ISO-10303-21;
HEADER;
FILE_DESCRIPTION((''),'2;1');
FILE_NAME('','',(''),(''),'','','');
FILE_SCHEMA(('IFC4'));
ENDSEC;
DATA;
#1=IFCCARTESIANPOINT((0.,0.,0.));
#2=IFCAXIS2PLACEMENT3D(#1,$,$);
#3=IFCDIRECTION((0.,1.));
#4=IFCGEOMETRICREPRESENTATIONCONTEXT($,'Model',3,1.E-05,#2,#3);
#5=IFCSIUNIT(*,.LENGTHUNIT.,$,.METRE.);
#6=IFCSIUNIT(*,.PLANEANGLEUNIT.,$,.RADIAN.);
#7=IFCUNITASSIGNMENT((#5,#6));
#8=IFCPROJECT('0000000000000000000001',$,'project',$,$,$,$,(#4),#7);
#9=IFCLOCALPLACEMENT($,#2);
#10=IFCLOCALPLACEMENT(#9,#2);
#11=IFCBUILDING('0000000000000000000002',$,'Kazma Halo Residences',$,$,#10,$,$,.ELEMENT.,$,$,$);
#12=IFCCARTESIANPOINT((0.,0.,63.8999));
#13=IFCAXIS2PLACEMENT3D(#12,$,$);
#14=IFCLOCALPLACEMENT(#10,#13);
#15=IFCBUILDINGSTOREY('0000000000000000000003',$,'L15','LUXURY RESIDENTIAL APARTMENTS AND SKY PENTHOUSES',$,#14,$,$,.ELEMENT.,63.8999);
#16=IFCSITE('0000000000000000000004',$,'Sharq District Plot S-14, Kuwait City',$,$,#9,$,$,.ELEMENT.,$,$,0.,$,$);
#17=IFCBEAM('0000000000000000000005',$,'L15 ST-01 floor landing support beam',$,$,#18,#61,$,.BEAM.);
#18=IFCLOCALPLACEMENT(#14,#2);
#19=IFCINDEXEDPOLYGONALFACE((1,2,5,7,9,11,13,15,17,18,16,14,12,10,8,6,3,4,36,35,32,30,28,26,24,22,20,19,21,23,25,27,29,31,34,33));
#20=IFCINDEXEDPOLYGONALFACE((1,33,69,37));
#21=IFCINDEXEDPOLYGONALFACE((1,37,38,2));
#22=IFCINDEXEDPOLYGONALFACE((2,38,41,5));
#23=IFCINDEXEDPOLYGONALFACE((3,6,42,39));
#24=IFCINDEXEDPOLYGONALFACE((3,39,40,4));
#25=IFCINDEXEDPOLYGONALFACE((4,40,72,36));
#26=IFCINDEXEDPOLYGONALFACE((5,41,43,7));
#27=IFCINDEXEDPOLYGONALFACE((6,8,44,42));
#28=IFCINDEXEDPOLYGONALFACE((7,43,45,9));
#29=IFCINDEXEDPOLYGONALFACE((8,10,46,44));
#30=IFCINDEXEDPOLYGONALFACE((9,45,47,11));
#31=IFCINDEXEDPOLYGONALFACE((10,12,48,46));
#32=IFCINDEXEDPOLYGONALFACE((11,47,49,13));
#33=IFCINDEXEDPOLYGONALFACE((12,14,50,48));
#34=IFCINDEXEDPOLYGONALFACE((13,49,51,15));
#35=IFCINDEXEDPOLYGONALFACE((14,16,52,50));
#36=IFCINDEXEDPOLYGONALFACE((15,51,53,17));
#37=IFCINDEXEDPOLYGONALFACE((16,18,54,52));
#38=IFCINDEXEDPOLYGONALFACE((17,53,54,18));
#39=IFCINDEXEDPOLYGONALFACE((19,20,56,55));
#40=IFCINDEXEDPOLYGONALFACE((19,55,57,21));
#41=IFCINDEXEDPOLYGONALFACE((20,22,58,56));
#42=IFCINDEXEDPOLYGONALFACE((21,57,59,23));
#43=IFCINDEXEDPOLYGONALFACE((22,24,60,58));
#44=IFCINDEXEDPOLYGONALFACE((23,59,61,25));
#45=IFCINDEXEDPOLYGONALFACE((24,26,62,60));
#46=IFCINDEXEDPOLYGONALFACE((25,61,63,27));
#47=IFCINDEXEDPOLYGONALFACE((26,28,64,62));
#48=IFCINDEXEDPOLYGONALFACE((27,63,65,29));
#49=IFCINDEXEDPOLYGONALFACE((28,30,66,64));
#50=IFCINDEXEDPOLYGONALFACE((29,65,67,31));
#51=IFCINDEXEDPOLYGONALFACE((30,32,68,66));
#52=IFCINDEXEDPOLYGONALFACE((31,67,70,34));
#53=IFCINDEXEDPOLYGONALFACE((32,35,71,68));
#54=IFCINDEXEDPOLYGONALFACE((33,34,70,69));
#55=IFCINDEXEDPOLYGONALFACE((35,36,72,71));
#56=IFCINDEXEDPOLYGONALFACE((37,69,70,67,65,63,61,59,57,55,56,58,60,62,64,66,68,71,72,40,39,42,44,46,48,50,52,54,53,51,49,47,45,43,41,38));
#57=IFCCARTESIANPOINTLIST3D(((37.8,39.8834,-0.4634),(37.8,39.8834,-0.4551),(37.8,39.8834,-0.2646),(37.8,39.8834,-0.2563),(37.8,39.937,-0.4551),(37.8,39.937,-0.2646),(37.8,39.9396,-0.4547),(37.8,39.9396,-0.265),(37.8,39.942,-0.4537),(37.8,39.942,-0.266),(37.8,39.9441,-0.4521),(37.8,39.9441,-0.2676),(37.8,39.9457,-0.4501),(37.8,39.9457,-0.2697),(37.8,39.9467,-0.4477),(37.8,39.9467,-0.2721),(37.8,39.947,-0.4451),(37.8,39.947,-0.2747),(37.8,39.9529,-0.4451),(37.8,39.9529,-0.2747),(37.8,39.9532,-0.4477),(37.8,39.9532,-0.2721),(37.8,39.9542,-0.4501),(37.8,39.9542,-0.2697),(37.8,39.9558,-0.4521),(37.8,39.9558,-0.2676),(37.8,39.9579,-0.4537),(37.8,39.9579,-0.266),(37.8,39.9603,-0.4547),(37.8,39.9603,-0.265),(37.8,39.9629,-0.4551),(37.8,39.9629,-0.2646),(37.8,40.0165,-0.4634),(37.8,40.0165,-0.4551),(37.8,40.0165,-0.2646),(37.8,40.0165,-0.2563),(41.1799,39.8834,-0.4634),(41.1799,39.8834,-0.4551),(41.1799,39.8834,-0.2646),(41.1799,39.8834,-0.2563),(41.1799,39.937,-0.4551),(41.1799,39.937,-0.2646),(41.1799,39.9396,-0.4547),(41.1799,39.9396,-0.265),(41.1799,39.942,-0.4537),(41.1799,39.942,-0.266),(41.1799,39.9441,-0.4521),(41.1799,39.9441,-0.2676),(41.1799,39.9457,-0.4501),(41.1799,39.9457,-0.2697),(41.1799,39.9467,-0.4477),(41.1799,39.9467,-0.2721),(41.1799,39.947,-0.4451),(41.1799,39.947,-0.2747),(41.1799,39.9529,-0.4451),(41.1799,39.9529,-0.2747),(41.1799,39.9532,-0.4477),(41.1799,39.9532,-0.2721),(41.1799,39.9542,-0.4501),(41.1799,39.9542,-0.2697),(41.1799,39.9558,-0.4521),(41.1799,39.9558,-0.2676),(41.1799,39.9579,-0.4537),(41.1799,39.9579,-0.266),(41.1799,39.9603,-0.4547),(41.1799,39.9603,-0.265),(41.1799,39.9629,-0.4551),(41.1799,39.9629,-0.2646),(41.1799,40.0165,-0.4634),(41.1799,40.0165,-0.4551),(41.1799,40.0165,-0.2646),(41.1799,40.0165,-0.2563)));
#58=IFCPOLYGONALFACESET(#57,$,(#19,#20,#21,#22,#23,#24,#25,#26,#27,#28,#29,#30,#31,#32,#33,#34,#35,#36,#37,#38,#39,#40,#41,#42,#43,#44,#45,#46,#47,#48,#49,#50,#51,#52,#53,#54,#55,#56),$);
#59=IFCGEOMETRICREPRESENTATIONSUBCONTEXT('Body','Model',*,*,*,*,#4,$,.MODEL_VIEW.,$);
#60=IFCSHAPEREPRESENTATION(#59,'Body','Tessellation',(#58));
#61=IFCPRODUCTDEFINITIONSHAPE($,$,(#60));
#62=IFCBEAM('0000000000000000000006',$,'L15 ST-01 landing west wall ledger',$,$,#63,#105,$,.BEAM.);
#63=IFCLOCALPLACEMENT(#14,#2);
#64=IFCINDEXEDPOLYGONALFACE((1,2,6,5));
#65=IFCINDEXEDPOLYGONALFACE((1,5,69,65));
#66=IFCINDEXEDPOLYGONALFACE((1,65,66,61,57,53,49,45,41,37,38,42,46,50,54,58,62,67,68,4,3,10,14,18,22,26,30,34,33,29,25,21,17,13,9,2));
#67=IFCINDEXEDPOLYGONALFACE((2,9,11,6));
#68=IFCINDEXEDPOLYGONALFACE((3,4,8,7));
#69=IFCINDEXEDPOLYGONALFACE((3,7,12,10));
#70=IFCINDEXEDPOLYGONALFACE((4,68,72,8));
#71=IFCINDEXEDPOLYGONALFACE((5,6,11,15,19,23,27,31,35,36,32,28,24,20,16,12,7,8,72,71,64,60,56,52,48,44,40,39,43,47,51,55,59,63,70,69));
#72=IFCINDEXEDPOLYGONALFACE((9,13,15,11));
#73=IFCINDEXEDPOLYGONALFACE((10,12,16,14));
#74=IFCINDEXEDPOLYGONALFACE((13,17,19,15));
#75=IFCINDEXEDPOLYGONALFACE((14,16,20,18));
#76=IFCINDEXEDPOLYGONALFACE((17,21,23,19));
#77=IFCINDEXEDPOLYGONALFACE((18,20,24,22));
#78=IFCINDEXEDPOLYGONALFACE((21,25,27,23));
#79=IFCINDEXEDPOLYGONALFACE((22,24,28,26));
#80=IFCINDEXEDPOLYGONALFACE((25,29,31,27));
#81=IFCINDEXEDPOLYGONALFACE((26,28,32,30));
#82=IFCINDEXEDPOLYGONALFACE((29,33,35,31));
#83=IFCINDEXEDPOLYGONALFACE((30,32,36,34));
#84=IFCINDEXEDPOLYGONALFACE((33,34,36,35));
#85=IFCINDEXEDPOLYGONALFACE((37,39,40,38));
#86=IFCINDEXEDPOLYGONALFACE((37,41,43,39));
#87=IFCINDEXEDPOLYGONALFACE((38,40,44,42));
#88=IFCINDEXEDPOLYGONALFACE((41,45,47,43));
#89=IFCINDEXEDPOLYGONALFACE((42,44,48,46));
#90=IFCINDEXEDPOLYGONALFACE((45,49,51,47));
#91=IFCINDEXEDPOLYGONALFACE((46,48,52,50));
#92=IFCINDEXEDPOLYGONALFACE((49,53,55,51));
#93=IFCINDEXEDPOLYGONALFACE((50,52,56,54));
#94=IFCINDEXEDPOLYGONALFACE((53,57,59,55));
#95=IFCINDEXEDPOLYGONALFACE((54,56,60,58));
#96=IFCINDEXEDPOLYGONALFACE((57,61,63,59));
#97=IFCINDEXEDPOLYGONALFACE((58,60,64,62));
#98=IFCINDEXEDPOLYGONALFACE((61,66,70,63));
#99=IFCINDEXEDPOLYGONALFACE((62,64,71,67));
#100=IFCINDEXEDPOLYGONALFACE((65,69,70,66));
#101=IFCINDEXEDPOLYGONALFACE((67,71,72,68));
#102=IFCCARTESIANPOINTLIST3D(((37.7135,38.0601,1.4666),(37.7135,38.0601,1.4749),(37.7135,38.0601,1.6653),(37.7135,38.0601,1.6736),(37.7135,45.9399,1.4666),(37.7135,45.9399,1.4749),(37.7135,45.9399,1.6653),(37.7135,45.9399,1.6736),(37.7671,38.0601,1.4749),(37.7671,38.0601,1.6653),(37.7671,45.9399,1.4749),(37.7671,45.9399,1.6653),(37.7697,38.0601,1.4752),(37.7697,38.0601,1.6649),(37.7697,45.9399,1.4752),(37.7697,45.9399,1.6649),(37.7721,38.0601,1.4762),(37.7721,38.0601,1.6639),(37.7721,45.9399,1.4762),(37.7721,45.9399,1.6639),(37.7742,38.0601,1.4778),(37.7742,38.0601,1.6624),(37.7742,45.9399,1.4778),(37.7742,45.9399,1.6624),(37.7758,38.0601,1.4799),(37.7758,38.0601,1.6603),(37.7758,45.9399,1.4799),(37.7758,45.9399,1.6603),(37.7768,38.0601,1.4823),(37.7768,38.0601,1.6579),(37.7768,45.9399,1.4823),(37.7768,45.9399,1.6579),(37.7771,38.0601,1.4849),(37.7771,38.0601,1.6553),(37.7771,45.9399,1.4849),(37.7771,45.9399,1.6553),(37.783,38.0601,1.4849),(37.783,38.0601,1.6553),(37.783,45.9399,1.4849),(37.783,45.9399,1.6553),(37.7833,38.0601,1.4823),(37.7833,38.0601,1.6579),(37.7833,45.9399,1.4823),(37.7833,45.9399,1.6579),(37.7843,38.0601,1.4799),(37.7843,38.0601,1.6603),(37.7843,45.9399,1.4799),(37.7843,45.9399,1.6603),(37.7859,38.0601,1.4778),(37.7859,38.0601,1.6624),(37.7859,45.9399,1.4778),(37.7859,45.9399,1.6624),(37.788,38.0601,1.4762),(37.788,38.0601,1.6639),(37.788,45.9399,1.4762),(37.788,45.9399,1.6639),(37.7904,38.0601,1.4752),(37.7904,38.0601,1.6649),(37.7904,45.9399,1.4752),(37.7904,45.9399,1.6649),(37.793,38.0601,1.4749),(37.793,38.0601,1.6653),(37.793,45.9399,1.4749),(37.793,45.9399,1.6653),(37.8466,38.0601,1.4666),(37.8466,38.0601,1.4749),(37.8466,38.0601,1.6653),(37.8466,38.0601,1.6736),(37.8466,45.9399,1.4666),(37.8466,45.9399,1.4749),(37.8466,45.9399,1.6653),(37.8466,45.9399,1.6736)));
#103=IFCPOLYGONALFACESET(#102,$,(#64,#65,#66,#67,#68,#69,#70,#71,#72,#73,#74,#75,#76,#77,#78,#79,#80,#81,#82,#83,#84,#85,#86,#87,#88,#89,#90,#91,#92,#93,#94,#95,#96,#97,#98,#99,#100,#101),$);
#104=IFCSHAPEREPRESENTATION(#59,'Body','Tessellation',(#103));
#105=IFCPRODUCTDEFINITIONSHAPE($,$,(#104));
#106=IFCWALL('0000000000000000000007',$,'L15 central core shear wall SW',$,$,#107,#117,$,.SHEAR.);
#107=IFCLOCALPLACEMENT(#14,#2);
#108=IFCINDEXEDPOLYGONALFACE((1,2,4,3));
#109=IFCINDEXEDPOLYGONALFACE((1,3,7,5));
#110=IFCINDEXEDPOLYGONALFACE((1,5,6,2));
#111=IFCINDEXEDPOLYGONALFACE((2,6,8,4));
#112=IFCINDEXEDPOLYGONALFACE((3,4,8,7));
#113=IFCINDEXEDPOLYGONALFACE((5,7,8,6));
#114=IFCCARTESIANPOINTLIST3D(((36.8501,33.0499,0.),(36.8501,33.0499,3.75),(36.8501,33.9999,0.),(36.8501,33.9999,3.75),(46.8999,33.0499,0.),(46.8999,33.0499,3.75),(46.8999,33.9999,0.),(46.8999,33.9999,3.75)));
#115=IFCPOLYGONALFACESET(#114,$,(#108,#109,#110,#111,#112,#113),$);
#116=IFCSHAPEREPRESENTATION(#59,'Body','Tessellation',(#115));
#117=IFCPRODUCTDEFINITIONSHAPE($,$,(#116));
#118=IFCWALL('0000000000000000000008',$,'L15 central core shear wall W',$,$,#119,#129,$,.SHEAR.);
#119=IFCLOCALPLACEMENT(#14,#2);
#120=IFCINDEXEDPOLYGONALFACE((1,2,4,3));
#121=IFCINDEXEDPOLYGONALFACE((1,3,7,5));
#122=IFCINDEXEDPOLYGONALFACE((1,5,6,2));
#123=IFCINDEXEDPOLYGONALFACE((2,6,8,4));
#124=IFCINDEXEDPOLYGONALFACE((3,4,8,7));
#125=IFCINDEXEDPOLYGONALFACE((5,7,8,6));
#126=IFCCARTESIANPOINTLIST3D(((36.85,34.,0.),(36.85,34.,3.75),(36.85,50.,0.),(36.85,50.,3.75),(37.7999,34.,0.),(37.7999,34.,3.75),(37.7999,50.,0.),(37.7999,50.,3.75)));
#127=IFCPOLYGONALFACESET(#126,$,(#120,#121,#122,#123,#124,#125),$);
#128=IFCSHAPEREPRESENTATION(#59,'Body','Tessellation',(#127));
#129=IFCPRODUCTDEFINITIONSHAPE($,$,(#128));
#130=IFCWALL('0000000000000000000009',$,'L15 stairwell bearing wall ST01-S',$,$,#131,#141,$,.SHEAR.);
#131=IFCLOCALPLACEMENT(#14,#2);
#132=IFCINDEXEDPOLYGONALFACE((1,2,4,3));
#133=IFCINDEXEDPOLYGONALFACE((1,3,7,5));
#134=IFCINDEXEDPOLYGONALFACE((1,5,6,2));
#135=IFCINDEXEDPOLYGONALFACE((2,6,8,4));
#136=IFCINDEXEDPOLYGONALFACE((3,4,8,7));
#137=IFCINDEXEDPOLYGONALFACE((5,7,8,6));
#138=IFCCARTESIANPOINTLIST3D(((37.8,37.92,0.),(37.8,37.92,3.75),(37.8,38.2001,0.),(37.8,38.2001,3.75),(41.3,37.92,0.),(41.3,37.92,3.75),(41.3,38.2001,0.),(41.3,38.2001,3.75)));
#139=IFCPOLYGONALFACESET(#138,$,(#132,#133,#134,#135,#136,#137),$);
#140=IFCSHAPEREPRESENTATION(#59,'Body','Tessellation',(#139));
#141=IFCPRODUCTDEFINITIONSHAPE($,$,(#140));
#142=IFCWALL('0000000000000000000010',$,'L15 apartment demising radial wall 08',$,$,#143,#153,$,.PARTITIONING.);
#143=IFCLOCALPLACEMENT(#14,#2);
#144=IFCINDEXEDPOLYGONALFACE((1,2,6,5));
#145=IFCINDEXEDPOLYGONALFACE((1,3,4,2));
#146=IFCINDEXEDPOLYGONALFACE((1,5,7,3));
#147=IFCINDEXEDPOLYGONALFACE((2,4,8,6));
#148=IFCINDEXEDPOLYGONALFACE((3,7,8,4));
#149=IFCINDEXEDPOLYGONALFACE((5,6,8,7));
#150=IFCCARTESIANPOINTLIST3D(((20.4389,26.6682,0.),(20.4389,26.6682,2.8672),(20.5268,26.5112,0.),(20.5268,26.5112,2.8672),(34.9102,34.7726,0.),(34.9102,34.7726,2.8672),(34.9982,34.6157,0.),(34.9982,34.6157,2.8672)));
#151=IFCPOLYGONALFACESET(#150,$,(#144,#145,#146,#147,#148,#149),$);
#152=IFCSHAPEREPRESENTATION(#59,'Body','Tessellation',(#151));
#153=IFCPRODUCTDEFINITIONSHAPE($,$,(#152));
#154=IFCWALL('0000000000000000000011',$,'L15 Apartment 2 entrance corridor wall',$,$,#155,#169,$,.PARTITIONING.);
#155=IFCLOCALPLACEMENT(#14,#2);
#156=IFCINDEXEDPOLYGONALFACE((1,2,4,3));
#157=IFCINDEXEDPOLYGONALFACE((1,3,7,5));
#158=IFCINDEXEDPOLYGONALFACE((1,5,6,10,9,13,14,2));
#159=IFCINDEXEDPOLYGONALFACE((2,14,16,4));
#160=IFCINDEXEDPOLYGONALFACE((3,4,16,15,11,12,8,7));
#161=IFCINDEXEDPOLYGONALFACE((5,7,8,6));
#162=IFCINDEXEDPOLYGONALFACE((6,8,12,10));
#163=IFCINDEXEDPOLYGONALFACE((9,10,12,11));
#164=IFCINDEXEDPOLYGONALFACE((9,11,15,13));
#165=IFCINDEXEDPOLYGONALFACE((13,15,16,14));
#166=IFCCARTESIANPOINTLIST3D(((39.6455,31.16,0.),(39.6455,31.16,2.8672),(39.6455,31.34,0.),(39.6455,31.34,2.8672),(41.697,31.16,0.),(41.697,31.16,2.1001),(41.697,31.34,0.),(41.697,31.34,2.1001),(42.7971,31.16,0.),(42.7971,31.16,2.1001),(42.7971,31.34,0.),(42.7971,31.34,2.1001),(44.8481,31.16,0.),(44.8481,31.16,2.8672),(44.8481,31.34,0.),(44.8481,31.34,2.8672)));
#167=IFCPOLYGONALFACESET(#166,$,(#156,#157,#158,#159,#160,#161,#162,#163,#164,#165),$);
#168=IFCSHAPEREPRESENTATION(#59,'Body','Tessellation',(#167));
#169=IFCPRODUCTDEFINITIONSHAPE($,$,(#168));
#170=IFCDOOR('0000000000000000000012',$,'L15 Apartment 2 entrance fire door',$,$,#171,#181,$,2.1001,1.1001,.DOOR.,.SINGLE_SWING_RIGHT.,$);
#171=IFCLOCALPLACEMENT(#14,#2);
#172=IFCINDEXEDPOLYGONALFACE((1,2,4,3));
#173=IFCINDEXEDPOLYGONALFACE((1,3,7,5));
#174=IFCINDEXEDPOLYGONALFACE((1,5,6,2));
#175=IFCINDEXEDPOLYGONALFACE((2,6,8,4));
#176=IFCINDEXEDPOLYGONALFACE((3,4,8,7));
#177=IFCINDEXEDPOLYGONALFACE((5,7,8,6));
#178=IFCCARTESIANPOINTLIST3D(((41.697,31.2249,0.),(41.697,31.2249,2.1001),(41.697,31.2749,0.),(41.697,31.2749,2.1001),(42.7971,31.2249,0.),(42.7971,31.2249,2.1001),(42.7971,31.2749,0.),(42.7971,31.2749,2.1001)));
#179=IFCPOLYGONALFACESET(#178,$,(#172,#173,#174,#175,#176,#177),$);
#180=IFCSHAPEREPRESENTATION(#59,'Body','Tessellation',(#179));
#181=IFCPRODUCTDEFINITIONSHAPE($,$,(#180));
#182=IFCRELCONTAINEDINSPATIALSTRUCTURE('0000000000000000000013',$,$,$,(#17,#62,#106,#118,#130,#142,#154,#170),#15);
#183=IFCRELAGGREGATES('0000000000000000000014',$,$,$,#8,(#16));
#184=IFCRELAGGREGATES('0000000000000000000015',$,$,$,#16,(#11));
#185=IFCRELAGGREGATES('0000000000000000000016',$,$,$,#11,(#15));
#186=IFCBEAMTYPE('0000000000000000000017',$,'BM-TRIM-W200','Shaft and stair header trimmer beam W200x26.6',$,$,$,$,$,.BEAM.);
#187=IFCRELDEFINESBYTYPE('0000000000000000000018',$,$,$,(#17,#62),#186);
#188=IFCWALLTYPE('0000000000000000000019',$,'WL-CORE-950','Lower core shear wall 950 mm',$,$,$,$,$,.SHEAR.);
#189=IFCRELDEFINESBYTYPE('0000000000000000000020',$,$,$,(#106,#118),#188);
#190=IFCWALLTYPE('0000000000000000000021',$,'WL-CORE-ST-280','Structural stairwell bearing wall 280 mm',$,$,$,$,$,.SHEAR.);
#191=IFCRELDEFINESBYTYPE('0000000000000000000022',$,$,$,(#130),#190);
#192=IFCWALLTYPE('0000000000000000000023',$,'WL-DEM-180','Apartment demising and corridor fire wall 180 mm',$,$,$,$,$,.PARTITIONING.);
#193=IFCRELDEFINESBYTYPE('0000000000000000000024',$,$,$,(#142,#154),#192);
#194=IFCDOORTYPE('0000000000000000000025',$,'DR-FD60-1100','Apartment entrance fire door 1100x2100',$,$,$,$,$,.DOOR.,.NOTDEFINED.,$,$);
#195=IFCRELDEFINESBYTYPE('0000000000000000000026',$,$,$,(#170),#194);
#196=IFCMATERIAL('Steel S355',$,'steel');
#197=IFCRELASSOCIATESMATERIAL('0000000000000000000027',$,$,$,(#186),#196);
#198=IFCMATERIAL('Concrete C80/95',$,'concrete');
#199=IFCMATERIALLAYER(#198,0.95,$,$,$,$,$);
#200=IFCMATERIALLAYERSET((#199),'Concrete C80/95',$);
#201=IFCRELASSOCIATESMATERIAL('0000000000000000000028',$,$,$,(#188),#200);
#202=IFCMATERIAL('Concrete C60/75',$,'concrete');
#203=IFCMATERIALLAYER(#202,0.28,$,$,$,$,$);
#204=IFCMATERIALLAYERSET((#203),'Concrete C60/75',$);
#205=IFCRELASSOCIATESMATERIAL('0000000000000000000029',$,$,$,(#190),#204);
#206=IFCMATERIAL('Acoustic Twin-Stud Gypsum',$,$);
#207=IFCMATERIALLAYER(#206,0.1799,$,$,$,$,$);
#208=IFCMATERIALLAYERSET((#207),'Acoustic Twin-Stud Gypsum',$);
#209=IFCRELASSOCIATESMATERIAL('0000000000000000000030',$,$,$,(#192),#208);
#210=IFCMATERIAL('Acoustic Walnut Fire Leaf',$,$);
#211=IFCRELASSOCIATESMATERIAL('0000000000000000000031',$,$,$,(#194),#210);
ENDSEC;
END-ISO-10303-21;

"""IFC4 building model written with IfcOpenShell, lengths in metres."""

from ifc_helpers import new_model, si_unit, direction, frame, frame_2d, origin, origin_2d, place, context, subcontext, project, spatial, rectangle, i_section, extrude, material, layer, layer_set, material_profile, profile_set, type_object, element, fill, save


model = new_model("IFC4")

# Units and contexts
model_context = context("Model", 3, precision=1e-05, world=origin(), true_north=direction((0.0, 1.0)))
body_context = subcontext(model_context, "Body", "Model", "MODEL_VIEW")
ifc_project = project(units=[si_unit("LENGTHUNIT", "METRE"), si_unit("PLANEANGLEUNIT", "RADIAN")], contexts=[model_context])

# Site, building, storey
site_placement = place(None, origin())
site = spatial("IfcSite", under=ifc_project, at=site_placement, Name="Sharq District Plot S-14, Kuwait City", CompositionType="ELEMENT", RefElevation=0.0)
building_placement = place(site_placement, origin())
building = spatial("IfcBuilding", under=site, at=building_placement, Name="Kazma Halo Residences", CompositionType="ELEMENT")
storey_placement = place(building_placement, frame((0.0, 0.0, 63.8999)))
storey = spatial("IfcBuildingStorey", under=building, at=storey_placement, Name="L15", Description="LUXURY RESIDENTIAL APARTMENTS AND SKY PENTHOUSES", CompositionType="ELEMENT", Elevation=63.8999)

# Beams
ifc_material_1 = material(Name="Steel S355", Category="steel")
ifc_material_profile_1 = material_profile(ifc_material_1, i_section(OverallWidth=0.1331, OverallDepth=0.207, WebThickness=0.0059, FlangeThickness=0.0083, FilletRadius=0.01, at=origin_2d()), Name="W200x26.6")
ifc_profile_set_1 = profile_set([ifc_material_profile_1], Name="Steel S355")
beam_type_1 = type_object("IfcBeamType", Name="BM-TRIM-W200", Description="Shaft and stair header trimmer beam W200x26.6", PredefinedType="BEAM", material=ifc_profile_set_1)
beam_1_placement = place(storey_placement, frame((37.8, 39.95, -0.3599), z_axis=(1.0, 0.0, 0.0), x_axis=(0.0, 1.0, 0.0)))
element("IfcBeam", 1, at=beam_1_placement, inside=storey, type_object=beam_type_1, Name="L15 ST-01 floor landing support beam", PredefinedType="BEAM", context=body_context, shape_type="SweptSolid", body=[
    extrude(i_section(OverallWidth=0.1331, OverallDepth=0.207, WebThickness=0.0059, FlangeThickness=0.0083, FilletRadius=0.01, at=origin_2d()), origin(), (0.0, 0.0, 1.0), 3.3799),
])
beam_2_placement = place(storey_placement, frame((37.78, 38.0601, 1.5701), z_axis=(0.0, 1.0, 0.0), x_axis=(-1.0, 0.0, 0.0)))
element("IfcBeam", 2, at=beam_2_placement, inside=storey, type_object=beam_type_1, Name="L15 ST-01 landing west wall ledger", PredefinedType="BEAM", context=body_context, shape_type="SweptSolid", body=[
    extrude(i_section(OverallWidth=0.1331, OverallDepth=0.207, WebThickness=0.0059, FlangeThickness=0.0083, FilletRadius=0.01, at=origin_2d()), origin(), (0.0, 0.0, 1.0), 7.8799),
])

# Walls
ifc_material_2 = material(Name="Concrete C80/95", Category="concrete")
ifc_layer_1 = layer(ifc_material_2, 0.95)
ifc_layer_set_1 = layer_set([ifc_layer_1], Name="Concrete C80/95")
wall_type_1 = type_object("IfcWallType", Name="WL-CORE-950", Description="Lower core shear wall 950 mm", PredefinedType="SHEAR", material=ifc_layer_set_1)
wall_1_placement = place(storey_placement, frame((36.8501, 33.5249, 0.0), z_axis=(0.0, 0.0, 1.0), x_axis=(1.0, 0.0, 0.0)))
element("IfcWall", 3, at=wall_1_placement, inside=storey, type_object=wall_type_1, Name="L15 central core shear wall SW", PredefinedType="SHEAR", context=body_context, shape_type="SweptSolid", body=[
    extrude(rectangle(XDim=10.0498, YDim=0.95, at=frame_2d((5.0249, 0.0))), origin(), (0.0, 0.0, 1.0), 3.75),
])
wall_2_placement = place(storey_placement, frame((37.325, 34.0, 0.0), z_axis=(0.0, 0.0, 1.0), x_axis=(0.0, 1.0, 0.0)))
element("IfcWall", 4, at=wall_2_placement, inside=storey, type_object=wall_type_1, Name="L15 central core shear wall W", PredefinedType="SHEAR", context=body_context, shape_type="SweptSolid", body=[
    extrude(rectangle(XDim=16.0, YDim=0.95, at=frame_2d((8.0, 0.0))), origin(), (0.0, 0.0, 1.0), 3.75),
])
ifc_material_3 = material(Name="Concrete C60/75", Category="concrete")
ifc_layer_2 = layer(ifc_material_3, 0.28)
ifc_layer_set_2 = layer_set([ifc_layer_2], Name="Concrete C60/75")
wall_type_2 = type_object("IfcWallType", Name="WL-CORE-ST-280", Description="Structural stairwell bearing wall 280 mm", PredefinedType="SHEAR", material=ifc_layer_set_2)
wall_3_placement = place(storey_placement, frame((37.8, 38.0601, 0.0), z_axis=(0.0, 0.0, 1.0), x_axis=(1.0, 0.0, 0.0)))
element("IfcWall", 5, at=wall_3_placement, inside=storey, type_object=wall_type_2, Name="L15 stairwell bearing wall ST01-S", PredefinedType="SHEAR", context=body_context, shape_type="SweptSolid", body=[
    extrude(rectangle(XDim=3.5, YDim=0.28, at=frame_2d((1.75, 0.0))), origin(), (0.0, 0.0, 1.0), 3.75),
])
ifc_material_4 = material(Name="Acoustic Twin-Stud Gypsum")
ifc_layer_3 = layer(ifc_material_4, 0.1799)
ifc_layer_set_3 = layer_set([ifc_layer_3], Name="Acoustic Twin-Stud Gypsum")
wall_type_3 = type_object("IfcWallType", Name="WL-DEM-180", Description="Apartment demising and corridor fire wall 180 mm", PredefinedType="PARTITIONING", material=ifc_layer_set_3)
wall_4_placement = place(storey_placement, frame((34.9541, 34.6941, 0.0), z_axis=(0.0, 0.0, 1.0), x_axis=(-0.872493, -0.488626, 0.0)))
element("IfcWall", 6, at=wall_4_placement, inside=storey, type_object=wall_type_3, Name="L15 apartment demising radial wall 08", PredefinedType="PARTITIONING", context=body_context, shape_type="SweptSolid", body=[
    extrude(rectangle(XDim=16.5862, YDim=0.1799, at=frame_2d((8.293, 0.0))), origin(), (0.0, 0.0, 1.0), 2.8672),
])

# Wall, opening, door
wall_5_placement = place(storey_placement, frame((39.6455, 31.25, 0.0), z_axis=(0.0, 0.0, 1.0), x_axis=(1.0, 0.0, 0.0)))
wall_5 = element("IfcWall", 7, at=wall_5_placement, inside=storey, type_object=wall_type_3, Name="L15 Apartment 2 entrance corridor wall", PredefinedType="PARTITIONING", context=body_context, shape_type="SweptSolid", body=[
    extrude(rectangle(XDim=5.2026, YDim=0.1799, at=frame_2d((2.6013, 0.0))), origin(), (0.0, 0.0, 1.0), 2.8672),
])
opening_1_placement = place(wall_5_placement, frame((2.0515, 0.0, 0.0)))
opening_1 = element("IfcOpeningElement", 8, at=opening_1_placement, cuts=wall_5, PredefinedType="OPENING", context=body_context, shape_type="SweptSolid", body=[
    extrude(rectangle(XDim=1.1001, YDim=2.1001, at=frame_2d((0.55, 1.05))), frame((0.0, 0.0999, 0.0), z_axis=(0.0, -1.0, 0.0), x_axis=(1.0, 0.0, 0.0)), (0.0, 0.0, 1.0), 0.2),
])
ifc_material_5 = material(Name="Acoustic Walnut Fire Leaf")
door_type_1 = type_object("IfcDoorType", Name="DR-FD60-1100", Description="Apartment entrance fire door 1100x2100", OperationType="NOTDEFINED", PredefinedType="DOOR", material=ifc_material_5)
door_1_placement = place(opening_1_placement, origin())
door_1 = element("IfcDoor", 9, at=door_1_placement, inside=storey, type_object=door_type_1, Name="L15 Apartment 2 entrance fire door", OperationType="SINGLE_SWING_RIGHT", OverallHeight=2.1001, OverallWidth=1.1001, PredefinedType="DOOR", context=body_context, shape_type="SweptSolid", body=[
    extrude(rectangle(XDim=1.1001, YDim=2.1001, at=frame_2d((0.55, 1.05))), frame((0.0, 0.0249, 0.0), z_axis=(0.0, -1.0, 0.0), x_axis=(1.0, 0.0, 0.0)), (0.0, 0.0, 1.0), 0.05),
])
fill(opening_1, door_1)

save(model, "model.ifc")
